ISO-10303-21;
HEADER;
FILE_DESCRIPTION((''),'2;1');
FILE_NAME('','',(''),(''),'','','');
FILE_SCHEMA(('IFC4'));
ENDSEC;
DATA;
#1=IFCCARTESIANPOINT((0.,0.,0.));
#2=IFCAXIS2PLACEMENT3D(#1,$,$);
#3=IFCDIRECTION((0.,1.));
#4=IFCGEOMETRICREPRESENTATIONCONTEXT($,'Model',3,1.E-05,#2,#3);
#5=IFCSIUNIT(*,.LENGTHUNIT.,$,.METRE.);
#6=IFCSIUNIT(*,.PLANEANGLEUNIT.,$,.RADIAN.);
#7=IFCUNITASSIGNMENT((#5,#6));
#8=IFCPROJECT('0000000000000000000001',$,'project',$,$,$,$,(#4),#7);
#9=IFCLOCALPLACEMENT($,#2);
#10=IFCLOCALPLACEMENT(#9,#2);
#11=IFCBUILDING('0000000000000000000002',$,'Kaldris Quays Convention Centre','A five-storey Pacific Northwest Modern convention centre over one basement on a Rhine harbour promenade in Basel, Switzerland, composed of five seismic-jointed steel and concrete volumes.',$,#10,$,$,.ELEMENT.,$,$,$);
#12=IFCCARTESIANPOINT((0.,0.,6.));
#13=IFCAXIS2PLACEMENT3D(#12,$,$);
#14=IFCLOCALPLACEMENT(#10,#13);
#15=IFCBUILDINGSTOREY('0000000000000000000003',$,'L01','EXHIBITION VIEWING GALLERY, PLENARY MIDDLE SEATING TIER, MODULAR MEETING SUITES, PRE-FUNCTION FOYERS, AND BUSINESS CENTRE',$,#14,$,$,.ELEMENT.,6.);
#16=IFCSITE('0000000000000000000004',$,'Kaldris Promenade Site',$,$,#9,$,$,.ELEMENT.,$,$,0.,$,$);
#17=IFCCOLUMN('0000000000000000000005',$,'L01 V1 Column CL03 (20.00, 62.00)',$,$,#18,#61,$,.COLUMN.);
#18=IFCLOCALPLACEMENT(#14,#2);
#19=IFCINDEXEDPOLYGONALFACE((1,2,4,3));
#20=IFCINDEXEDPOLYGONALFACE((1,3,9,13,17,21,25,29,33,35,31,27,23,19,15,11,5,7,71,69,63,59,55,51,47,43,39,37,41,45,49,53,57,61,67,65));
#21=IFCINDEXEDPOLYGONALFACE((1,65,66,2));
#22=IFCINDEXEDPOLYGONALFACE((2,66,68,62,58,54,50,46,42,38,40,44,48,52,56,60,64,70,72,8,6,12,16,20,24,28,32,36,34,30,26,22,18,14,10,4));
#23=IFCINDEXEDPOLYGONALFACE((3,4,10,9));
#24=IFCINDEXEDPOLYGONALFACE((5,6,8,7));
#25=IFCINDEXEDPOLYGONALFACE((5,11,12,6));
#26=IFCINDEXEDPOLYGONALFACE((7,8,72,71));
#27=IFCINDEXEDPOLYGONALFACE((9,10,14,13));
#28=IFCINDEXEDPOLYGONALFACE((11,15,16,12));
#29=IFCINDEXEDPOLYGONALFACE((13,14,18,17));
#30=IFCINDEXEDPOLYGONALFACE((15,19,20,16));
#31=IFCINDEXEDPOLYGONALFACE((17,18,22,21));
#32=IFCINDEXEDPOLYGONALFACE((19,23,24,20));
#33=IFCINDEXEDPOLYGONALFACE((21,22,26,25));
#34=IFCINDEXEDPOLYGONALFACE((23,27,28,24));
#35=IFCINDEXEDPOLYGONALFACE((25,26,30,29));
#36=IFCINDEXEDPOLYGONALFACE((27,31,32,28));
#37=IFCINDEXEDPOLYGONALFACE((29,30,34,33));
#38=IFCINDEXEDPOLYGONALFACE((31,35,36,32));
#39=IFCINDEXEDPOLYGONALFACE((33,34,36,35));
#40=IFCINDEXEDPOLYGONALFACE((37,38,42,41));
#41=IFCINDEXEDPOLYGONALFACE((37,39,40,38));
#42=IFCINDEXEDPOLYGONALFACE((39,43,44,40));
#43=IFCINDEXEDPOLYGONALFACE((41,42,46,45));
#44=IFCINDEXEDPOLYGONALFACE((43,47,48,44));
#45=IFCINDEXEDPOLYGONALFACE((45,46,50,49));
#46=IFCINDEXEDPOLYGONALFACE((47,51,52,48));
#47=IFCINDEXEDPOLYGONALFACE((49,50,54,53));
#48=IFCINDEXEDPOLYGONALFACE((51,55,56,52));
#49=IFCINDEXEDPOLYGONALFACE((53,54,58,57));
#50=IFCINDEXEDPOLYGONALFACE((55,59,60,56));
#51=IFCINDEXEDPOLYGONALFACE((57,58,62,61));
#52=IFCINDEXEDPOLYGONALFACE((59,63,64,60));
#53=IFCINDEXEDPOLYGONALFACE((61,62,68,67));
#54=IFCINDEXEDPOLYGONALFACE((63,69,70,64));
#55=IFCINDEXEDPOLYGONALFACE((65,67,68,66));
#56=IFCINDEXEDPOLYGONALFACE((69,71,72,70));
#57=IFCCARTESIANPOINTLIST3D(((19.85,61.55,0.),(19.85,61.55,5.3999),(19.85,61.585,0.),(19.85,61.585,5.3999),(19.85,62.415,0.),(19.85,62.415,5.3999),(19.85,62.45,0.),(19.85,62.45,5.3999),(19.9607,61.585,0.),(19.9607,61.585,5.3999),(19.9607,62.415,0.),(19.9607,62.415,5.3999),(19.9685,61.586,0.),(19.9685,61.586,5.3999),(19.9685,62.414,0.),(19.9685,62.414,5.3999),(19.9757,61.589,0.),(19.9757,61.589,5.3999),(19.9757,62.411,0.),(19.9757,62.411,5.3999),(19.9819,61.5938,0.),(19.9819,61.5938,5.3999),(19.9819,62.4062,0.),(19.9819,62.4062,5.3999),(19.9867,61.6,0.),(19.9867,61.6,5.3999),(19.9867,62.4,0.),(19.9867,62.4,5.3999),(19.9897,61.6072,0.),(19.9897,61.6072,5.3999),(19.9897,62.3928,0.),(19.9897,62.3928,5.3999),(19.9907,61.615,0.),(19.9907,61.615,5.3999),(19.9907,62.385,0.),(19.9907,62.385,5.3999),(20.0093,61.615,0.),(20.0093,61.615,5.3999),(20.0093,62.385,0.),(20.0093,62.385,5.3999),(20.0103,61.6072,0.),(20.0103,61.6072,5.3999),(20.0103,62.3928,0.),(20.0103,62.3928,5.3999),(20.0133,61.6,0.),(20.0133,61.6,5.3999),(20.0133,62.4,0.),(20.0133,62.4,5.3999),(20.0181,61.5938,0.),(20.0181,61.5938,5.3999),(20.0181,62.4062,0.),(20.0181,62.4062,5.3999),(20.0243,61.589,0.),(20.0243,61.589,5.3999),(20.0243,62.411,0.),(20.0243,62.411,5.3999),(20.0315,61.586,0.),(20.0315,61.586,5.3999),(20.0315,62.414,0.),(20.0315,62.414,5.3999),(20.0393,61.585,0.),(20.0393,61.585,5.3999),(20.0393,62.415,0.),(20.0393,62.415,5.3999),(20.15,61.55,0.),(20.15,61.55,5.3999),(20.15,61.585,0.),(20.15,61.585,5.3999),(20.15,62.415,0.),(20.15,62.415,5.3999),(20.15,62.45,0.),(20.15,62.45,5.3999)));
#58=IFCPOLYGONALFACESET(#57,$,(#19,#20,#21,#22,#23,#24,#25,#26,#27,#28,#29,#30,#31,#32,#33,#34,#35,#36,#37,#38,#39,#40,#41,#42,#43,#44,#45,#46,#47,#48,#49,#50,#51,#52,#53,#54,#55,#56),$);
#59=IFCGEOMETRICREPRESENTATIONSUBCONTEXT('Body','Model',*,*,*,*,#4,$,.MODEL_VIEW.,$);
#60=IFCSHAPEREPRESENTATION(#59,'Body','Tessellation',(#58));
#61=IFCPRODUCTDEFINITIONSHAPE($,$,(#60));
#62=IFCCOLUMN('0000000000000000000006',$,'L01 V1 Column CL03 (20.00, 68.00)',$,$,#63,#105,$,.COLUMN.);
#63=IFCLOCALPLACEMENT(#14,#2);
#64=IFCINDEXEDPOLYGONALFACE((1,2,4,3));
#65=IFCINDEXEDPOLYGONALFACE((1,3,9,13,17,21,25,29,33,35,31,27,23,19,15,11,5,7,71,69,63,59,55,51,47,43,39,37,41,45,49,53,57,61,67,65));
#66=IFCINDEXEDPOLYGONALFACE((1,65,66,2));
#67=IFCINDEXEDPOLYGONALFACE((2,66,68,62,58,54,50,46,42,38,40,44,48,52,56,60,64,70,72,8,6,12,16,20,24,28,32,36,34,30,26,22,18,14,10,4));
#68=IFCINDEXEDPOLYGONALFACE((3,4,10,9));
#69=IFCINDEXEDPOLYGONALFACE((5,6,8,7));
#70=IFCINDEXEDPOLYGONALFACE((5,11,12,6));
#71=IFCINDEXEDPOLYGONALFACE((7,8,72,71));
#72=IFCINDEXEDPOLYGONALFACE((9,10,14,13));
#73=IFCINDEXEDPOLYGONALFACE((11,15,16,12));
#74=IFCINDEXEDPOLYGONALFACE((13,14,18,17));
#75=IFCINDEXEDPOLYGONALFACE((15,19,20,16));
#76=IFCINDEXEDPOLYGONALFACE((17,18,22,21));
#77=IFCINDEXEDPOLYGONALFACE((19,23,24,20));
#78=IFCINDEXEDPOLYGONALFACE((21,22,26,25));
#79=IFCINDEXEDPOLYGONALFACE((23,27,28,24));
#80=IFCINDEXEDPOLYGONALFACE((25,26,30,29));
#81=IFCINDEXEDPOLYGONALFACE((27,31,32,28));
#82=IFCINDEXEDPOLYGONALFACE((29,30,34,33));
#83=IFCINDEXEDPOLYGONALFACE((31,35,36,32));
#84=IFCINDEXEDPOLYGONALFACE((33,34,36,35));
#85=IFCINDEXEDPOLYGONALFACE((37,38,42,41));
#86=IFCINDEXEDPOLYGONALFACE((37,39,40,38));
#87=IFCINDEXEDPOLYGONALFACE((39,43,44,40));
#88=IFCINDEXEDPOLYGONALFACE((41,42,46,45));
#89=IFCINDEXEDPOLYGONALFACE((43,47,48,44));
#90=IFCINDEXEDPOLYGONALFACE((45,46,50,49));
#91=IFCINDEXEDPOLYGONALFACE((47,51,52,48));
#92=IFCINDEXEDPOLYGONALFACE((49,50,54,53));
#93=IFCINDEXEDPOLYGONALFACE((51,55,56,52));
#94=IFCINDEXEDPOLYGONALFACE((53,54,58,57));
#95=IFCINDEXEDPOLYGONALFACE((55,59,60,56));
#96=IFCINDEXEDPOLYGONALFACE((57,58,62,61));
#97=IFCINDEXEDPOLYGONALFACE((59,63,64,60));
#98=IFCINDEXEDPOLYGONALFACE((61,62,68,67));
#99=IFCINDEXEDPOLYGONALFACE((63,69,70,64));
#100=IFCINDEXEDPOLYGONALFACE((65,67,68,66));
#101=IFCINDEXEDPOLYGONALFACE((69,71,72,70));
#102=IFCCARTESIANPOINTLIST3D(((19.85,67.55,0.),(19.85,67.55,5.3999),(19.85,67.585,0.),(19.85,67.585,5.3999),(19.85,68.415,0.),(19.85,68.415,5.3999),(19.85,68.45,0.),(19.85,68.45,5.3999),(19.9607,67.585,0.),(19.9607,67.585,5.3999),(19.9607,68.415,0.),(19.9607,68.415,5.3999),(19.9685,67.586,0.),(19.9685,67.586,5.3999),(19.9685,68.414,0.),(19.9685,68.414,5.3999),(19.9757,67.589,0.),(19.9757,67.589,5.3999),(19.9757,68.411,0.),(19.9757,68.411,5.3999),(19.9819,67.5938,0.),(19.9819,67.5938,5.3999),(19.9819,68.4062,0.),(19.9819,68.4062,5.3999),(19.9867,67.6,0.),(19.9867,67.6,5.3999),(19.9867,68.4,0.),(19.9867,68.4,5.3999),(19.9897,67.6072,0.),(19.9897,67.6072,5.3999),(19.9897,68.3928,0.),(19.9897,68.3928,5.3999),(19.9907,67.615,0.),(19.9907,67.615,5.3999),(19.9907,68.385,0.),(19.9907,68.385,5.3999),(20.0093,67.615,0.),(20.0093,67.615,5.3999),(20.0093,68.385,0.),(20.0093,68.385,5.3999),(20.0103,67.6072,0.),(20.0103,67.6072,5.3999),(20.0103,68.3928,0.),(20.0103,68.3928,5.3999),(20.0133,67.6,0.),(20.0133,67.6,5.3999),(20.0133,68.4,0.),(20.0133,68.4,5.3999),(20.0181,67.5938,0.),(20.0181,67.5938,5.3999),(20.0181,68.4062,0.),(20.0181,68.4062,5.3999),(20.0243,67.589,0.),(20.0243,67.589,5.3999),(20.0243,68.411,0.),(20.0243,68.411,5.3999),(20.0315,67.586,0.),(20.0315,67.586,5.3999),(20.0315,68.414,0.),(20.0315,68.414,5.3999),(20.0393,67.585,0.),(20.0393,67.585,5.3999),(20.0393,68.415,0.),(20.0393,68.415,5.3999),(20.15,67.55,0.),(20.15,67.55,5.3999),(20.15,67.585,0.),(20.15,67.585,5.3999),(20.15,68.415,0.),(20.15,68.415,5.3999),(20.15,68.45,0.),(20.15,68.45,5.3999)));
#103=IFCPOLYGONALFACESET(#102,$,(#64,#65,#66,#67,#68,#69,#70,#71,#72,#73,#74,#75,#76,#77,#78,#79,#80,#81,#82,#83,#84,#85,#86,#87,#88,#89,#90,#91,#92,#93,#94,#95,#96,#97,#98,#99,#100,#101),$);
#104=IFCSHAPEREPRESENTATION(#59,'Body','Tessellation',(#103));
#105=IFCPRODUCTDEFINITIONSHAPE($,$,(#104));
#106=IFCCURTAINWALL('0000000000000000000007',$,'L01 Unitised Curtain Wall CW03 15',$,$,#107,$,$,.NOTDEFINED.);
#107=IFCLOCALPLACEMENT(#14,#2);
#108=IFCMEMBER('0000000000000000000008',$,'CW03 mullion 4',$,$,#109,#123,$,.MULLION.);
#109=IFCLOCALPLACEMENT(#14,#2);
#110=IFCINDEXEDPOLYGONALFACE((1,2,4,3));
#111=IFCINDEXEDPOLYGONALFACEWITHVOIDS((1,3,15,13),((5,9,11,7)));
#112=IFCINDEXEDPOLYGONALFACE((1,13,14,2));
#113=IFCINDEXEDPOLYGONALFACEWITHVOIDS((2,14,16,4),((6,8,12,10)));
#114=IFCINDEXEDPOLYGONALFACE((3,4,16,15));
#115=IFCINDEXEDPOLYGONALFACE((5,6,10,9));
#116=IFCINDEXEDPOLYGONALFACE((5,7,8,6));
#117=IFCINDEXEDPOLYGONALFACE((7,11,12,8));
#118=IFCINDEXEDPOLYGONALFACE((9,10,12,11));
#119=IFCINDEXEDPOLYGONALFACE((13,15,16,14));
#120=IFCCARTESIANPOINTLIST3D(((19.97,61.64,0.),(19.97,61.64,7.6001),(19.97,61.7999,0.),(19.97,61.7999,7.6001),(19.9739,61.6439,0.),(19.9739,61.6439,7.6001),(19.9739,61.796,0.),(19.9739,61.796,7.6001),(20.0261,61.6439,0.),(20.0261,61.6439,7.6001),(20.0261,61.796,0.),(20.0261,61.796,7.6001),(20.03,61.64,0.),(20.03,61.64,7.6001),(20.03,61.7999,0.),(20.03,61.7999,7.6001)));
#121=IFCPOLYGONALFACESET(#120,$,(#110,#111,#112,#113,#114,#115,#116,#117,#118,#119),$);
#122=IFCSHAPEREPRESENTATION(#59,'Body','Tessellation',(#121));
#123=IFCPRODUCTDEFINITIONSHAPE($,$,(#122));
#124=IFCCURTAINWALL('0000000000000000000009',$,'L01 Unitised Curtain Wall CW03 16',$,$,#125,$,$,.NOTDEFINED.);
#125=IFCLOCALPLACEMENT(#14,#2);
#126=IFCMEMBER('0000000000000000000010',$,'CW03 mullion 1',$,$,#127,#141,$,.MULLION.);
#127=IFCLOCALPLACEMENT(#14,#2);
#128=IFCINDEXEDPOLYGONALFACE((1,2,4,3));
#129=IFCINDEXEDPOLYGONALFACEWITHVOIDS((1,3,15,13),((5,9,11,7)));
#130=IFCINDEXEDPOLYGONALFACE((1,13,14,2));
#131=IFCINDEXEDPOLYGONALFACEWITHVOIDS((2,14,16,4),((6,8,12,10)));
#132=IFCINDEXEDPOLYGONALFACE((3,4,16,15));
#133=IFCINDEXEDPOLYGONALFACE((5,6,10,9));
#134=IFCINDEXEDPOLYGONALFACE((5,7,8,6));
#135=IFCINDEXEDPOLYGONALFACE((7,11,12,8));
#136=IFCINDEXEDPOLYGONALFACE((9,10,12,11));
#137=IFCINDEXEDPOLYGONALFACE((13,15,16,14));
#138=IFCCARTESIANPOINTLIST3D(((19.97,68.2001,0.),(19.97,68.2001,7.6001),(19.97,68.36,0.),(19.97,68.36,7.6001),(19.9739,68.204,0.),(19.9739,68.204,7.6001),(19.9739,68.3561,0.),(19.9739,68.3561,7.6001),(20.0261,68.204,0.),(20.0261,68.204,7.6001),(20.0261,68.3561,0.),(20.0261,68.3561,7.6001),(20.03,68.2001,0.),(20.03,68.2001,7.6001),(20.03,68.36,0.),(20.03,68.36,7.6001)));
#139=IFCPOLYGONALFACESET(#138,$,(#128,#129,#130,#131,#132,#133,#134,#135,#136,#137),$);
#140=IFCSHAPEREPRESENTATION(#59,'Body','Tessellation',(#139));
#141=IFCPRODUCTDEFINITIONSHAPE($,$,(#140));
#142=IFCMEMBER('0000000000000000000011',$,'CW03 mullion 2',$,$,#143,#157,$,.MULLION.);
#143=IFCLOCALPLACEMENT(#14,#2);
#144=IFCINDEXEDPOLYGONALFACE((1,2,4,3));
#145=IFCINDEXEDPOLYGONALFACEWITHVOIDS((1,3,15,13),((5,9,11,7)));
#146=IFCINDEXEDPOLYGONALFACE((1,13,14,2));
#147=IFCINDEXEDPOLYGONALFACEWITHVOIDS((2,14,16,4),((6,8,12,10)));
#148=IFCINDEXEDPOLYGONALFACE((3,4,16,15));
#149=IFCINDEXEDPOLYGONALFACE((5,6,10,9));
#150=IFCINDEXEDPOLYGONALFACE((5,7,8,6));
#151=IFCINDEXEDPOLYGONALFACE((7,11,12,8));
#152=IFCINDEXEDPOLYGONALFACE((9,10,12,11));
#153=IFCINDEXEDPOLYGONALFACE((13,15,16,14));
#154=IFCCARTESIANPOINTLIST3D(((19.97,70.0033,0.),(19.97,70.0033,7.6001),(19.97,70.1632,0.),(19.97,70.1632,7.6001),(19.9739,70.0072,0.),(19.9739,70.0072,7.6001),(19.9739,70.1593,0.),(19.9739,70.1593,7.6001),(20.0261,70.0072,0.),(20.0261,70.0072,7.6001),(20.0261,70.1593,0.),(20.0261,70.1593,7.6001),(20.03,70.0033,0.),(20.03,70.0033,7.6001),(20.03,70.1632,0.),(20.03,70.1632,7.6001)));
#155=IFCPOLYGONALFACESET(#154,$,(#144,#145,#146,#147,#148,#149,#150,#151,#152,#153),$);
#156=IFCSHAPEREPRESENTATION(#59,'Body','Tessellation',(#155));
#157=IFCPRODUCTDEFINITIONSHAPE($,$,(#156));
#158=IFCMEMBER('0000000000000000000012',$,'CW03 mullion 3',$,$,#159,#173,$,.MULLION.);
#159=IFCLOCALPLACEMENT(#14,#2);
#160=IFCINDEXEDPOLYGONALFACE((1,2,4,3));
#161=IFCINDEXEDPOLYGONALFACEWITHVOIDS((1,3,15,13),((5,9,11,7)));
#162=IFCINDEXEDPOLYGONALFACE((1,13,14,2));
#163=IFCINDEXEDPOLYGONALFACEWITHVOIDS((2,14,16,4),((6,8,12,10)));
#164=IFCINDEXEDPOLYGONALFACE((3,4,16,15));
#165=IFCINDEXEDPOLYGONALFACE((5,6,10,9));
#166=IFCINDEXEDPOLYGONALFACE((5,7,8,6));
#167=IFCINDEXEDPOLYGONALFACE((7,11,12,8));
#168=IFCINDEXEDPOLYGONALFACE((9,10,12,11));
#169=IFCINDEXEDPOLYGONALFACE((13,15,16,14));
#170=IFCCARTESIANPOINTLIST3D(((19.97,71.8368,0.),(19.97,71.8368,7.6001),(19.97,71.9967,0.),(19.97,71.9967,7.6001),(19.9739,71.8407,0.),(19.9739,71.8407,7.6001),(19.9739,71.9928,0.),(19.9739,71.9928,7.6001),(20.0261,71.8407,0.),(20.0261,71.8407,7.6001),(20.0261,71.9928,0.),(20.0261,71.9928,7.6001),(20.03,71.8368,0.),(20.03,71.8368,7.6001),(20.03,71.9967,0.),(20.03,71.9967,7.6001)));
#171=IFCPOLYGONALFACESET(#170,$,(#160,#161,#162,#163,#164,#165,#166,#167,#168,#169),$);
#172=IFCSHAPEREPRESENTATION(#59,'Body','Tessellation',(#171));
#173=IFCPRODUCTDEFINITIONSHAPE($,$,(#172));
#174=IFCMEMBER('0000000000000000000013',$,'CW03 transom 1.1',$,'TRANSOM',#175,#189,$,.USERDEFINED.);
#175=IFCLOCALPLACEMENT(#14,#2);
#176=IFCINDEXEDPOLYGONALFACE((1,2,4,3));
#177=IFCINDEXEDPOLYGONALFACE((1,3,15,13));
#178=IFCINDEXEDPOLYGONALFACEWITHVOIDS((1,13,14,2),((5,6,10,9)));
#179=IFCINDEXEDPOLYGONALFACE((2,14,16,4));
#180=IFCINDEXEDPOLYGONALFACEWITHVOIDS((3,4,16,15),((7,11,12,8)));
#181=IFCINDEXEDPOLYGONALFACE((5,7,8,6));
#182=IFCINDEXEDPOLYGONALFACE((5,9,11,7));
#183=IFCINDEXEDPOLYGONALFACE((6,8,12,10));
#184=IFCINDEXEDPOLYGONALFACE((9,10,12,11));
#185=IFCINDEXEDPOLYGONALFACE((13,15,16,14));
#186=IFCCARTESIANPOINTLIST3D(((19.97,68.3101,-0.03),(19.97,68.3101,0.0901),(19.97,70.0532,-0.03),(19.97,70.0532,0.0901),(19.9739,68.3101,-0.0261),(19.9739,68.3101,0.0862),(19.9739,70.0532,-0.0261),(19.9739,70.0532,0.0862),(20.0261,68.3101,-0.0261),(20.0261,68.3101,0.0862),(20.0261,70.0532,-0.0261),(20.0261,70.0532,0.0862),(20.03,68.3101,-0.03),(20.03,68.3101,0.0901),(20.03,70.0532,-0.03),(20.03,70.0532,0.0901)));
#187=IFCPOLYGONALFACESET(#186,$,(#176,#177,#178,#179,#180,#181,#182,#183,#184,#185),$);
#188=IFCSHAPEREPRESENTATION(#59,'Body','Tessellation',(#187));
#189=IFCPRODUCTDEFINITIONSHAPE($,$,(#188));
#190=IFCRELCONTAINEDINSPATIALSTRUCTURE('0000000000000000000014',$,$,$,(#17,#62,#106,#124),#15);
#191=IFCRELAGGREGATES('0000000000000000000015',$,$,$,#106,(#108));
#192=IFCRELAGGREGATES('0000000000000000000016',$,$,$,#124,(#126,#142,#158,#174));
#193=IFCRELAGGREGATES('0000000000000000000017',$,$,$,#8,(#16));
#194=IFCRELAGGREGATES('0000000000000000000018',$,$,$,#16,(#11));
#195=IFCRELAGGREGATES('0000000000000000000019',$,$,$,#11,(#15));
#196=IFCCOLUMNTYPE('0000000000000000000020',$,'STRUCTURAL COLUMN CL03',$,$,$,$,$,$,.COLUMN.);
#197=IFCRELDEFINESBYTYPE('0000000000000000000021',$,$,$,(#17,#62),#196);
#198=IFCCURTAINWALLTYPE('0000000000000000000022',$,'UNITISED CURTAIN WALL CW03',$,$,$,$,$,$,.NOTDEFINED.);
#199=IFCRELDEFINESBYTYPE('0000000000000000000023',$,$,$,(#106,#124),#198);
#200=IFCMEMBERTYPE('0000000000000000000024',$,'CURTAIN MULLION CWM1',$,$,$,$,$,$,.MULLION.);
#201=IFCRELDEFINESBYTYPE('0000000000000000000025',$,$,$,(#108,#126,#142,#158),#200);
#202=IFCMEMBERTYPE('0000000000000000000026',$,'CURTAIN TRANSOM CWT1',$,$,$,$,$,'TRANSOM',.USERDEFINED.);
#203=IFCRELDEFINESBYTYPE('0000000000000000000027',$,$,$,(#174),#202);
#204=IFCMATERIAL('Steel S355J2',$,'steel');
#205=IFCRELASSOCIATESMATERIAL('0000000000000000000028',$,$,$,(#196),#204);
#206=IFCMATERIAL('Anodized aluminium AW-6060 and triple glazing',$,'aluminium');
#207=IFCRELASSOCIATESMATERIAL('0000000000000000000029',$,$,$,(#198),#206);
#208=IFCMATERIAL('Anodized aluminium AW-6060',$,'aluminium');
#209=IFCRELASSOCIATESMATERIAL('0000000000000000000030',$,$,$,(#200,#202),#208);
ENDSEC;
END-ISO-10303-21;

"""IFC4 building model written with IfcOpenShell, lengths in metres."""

from ifc_helpers import new_model, si_unit, direction, frame, origin, origin_2d, place, context, subcontext, project, spatial, hollow_rectangle, i_section, extrude, material, material_profile, profile_set, type_object, element, aggregate, save


model = new_model("IFC4")

# Units and contexts
model_context = context("Model", 3, precision=1e-05, world=origin(), true_north=direction((0.0, 1.0)))
body_context = subcontext(model_context, "Body", "Model", "MODEL_VIEW")
ifc_project = project(units=[si_unit("LENGTHUNIT", "METRE"), si_unit("PLANEANGLEUNIT", "RADIAN")], contexts=[model_context])

# Site, building, storey
site_placement = place(None, origin())
site = spatial("IfcSite", under=ifc_project, at=site_placement, Name="Kaldris Promenade Site", CompositionType="ELEMENT", RefElevation=0.0)
building_placement = place(site_placement, origin())
building = spatial("IfcBuilding", under=site, at=building_placement, Name="Kaldris Quays Convention Centre", Description="A five-storey Pacific Northwest Modern convention centre over one basement on a Rhine harbour promenade in Basel, Switzerland, composed of five seismic-jointed steel and concrete volumes.", CompositionType="ELEMENT")
storey_placement = place(building_placement, frame((0.0, 0.0, 6.0)))
storey = spatial("IfcBuildingStorey", under=building, at=storey_placement, Name="L01", Description="EXHIBITION VIEWING GALLERY, PLENARY MIDDLE SEATING TIER, MODULAR MEETING SUITES, PRE-FUNCTION FOYERS, AND BUSINESS CENTRE", CompositionType="ELEMENT", Elevation=6.0)

# Columns
ifc_material_1 = material(Name="Steel S355J2", Category="steel")
ifc_material_profile_1 = material_profile(ifc_material_1, i_section(OverallWidth=0.3, OverallDepth=0.8999, WebThickness=0.0186, FlangeThickness=0.0349, FilletRadius=0.03, at=origin_2d()), Name="HEB 900")
ifc_profile_set_1 = profile_set([ifc_material_profile_1], Name="Steel S355J2")
column_type = type_object("IfcColumnType", Name="STRUCTURAL COLUMN CL03", PredefinedType="COLUMN", material=ifc_profile_set_1)
for number, where, z_axis, x_axis, name in (
    (1, (20.0, 62.0, 0.0), (0.0, 0.0, 1.0), (1.0, 0.0, 0.0), "L01 V1 Column CL03 (20.00, 62.00)"),
    (2, (20.0, 68.0, 0.0), (0.0, 0.0, 1.0), (1.0, 0.0, 0.0), "L01 V1 Column CL03 (20.00, 68.00)"),
):
    element("IfcColumn", number, at=place(storey_placement, frame(where, z_axis=z_axis, x_axis=x_axis)), inside=storey, type_object=column_type, Name=name, PredefinedType="COLUMN", context=body_context, shape_type="SweptSolid", body=[
        extrude(i_section(OverallWidth=0.3, OverallDepth=0.8999, WebThickness=0.0186, FlangeThickness=0.0349, FilletRadius=0.03, at=origin_2d()), origin(), (0.0, 0.0, 1.0), 5.3999),
    ])

# Curtain wall, member
ifc_material_2 = material(Name="Anodized aluminium AW-6060 and triple glazing", Category="aluminium")
curtain_wall_type = type_object("IfcCurtainWallType", Name="UNITISED CURTAIN WALL CW03", PredefinedType="NOTDEFINED", material=ifc_material_2)
curtain_wall_1_placement = place(storey_placement, origin())
curtain_wall_1 = element("IfcCurtainWall", 3, at=curtain_wall_1_placement, inside=storey, type_object=curtain_wall_type, Name="L01 Unitised Curtain Wall CW03 15", PredefinedType="NOTDEFINED")
ifc_material_3 = material(Name="Anodized aluminium AW-6060", Category="aluminium")
ifc_material_profile_2 = material_profile(ifc_material_3, hollow_rectangle(XDim=0.0601, YDim=0.1599, WallThickness=0.0039, at=origin_2d()), Name="RHS 160x60x4")
ifc_profile_set_2 = profile_set([ifc_material_profile_2], Name="Anodized aluminium AW-6060")
member_type_1 = type_object("IfcMemberType", Name="CURTAIN MULLION CWM1", PredefinedType="MULLION", material=ifc_profile_set_2)
member_1_placement = place(storey_placement, frame((20.0, 61.72, 0.0), z_axis=(0.0, 0.0, 1.0), x_axis=(-1.0, 0.0, 0.0)))
member_1 = element("IfcMember", 4, at=member_1_placement, type_object=member_type_1, Name="CW03 mullion 4", PredefinedType="MULLION", context=body_context, shape_type="SweptSolid", body=[
    extrude(hollow_rectangle(XDim=0.0601, YDim=0.1599, WallThickness=0.0039, at=origin_2d()), origin(), (0.0, 0.0, 1.0), 7.6001),
])
aggregate(curtain_wall_1, [member_1])

# Curtain wall, members
curtain_wall_2_placement = place(storey_placement, origin())
curtain_wall_2 = element("IfcCurtainWall", 5, at=curtain_wall_2_placement, inside=storey, type_object=curtain_wall_type, Name="L01 Unitised Curtain Wall CW03 16", PredefinedType="NOTDEFINED")
member_2_placement = place(storey_placement, frame((20.0, 68.28, 0.0), z_axis=(0.0, 0.0, 1.0), x_axis=(-1.0, 0.0, 0.0)))
member_2 = element("IfcMember", 6, at=member_2_placement, type_object=member_type_1, Name="CW03 mullion 1", PredefinedType="MULLION", context=body_context, shape_type="SweptSolid", body=[
    extrude(hollow_rectangle(XDim=0.0601, YDim=0.1599, WallThickness=0.0039, at=origin_2d()), origin(), (0.0, 0.0, 1.0), 7.6001),
])
member_3_placement = place(storey_placement, frame((20.0, 70.0833, 0.0), z_axis=(0.0, 0.0, 1.0), x_axis=(-1.0, 0.0, 0.0)))
member_3 = element("IfcMember", 7, at=member_3_placement, type_object=member_type_1, Name="CW03 mullion 2", PredefinedType="MULLION", context=body_context, shape_type="SweptSolid", body=[
    extrude(hollow_rectangle(XDim=0.0601, YDim=0.1599, WallThickness=0.0039, at=origin_2d()), origin(), (0.0, 0.0, 1.0), 7.6001),
])
member_4_placement = place(storey_placement, frame((20.0, 71.9167, 0.0), z_axis=(0.0, 0.0, 1.0), x_axis=(-1.0, 0.0, 0.0)))
member_4 = element("IfcMember", 8, at=member_4_placement, type_object=member_type_1, Name="CW03 mullion 3", PredefinedType="MULLION", context=body_context, shape_type="SweptSolid", body=[
    extrude(hollow_rectangle(XDim=0.0601, YDim=0.1599, WallThickness=0.0039, at=origin_2d()), origin(), (0.0, 0.0, 1.0), 7.6001),
])
ifc_material_profile_3 = material_profile(ifc_material_3, hollow_rectangle(XDim=0.0601, YDim=0.1201, WallThickness=0.0039, at=origin_2d()), Name="RHS 120x60x4")
ifc_profile_set_3 = profile_set([ifc_material_profile_3], Name="Anodized aluminium AW-6060")
member_type_2 = type_object("IfcMemberType", Name="CURTAIN TRANSOM CWT1", ElementType="TRANSOM", PredefinedType="USERDEFINED", material=ifc_profile_set_3)
member_5_placement = place(storey_placement, frame((20.0, 68.3101, 0.03), z_axis=(0.0, 1.0, 0.0), x_axis=(-1.0, 0.0, 0.0)))
member_5 = element("IfcMember", 9, at=member_5_placement, type_object=member_type_2, Name="CW03 transom 1.1", ObjectType="TRANSOM", PredefinedType="USERDEFINED", context=body_context, shape_type="SweptSolid", body=[
    extrude(hollow_rectangle(XDim=0.0601, YDim=0.1201, WallThickness=0.0039, at=origin_2d()), origin(), (0.0, 0.0, 1.0), 1.7432),
])
aggregate(curtain_wall_2, [member_2, member_3, member_4, member_5])

save(model, "model.ifc")
